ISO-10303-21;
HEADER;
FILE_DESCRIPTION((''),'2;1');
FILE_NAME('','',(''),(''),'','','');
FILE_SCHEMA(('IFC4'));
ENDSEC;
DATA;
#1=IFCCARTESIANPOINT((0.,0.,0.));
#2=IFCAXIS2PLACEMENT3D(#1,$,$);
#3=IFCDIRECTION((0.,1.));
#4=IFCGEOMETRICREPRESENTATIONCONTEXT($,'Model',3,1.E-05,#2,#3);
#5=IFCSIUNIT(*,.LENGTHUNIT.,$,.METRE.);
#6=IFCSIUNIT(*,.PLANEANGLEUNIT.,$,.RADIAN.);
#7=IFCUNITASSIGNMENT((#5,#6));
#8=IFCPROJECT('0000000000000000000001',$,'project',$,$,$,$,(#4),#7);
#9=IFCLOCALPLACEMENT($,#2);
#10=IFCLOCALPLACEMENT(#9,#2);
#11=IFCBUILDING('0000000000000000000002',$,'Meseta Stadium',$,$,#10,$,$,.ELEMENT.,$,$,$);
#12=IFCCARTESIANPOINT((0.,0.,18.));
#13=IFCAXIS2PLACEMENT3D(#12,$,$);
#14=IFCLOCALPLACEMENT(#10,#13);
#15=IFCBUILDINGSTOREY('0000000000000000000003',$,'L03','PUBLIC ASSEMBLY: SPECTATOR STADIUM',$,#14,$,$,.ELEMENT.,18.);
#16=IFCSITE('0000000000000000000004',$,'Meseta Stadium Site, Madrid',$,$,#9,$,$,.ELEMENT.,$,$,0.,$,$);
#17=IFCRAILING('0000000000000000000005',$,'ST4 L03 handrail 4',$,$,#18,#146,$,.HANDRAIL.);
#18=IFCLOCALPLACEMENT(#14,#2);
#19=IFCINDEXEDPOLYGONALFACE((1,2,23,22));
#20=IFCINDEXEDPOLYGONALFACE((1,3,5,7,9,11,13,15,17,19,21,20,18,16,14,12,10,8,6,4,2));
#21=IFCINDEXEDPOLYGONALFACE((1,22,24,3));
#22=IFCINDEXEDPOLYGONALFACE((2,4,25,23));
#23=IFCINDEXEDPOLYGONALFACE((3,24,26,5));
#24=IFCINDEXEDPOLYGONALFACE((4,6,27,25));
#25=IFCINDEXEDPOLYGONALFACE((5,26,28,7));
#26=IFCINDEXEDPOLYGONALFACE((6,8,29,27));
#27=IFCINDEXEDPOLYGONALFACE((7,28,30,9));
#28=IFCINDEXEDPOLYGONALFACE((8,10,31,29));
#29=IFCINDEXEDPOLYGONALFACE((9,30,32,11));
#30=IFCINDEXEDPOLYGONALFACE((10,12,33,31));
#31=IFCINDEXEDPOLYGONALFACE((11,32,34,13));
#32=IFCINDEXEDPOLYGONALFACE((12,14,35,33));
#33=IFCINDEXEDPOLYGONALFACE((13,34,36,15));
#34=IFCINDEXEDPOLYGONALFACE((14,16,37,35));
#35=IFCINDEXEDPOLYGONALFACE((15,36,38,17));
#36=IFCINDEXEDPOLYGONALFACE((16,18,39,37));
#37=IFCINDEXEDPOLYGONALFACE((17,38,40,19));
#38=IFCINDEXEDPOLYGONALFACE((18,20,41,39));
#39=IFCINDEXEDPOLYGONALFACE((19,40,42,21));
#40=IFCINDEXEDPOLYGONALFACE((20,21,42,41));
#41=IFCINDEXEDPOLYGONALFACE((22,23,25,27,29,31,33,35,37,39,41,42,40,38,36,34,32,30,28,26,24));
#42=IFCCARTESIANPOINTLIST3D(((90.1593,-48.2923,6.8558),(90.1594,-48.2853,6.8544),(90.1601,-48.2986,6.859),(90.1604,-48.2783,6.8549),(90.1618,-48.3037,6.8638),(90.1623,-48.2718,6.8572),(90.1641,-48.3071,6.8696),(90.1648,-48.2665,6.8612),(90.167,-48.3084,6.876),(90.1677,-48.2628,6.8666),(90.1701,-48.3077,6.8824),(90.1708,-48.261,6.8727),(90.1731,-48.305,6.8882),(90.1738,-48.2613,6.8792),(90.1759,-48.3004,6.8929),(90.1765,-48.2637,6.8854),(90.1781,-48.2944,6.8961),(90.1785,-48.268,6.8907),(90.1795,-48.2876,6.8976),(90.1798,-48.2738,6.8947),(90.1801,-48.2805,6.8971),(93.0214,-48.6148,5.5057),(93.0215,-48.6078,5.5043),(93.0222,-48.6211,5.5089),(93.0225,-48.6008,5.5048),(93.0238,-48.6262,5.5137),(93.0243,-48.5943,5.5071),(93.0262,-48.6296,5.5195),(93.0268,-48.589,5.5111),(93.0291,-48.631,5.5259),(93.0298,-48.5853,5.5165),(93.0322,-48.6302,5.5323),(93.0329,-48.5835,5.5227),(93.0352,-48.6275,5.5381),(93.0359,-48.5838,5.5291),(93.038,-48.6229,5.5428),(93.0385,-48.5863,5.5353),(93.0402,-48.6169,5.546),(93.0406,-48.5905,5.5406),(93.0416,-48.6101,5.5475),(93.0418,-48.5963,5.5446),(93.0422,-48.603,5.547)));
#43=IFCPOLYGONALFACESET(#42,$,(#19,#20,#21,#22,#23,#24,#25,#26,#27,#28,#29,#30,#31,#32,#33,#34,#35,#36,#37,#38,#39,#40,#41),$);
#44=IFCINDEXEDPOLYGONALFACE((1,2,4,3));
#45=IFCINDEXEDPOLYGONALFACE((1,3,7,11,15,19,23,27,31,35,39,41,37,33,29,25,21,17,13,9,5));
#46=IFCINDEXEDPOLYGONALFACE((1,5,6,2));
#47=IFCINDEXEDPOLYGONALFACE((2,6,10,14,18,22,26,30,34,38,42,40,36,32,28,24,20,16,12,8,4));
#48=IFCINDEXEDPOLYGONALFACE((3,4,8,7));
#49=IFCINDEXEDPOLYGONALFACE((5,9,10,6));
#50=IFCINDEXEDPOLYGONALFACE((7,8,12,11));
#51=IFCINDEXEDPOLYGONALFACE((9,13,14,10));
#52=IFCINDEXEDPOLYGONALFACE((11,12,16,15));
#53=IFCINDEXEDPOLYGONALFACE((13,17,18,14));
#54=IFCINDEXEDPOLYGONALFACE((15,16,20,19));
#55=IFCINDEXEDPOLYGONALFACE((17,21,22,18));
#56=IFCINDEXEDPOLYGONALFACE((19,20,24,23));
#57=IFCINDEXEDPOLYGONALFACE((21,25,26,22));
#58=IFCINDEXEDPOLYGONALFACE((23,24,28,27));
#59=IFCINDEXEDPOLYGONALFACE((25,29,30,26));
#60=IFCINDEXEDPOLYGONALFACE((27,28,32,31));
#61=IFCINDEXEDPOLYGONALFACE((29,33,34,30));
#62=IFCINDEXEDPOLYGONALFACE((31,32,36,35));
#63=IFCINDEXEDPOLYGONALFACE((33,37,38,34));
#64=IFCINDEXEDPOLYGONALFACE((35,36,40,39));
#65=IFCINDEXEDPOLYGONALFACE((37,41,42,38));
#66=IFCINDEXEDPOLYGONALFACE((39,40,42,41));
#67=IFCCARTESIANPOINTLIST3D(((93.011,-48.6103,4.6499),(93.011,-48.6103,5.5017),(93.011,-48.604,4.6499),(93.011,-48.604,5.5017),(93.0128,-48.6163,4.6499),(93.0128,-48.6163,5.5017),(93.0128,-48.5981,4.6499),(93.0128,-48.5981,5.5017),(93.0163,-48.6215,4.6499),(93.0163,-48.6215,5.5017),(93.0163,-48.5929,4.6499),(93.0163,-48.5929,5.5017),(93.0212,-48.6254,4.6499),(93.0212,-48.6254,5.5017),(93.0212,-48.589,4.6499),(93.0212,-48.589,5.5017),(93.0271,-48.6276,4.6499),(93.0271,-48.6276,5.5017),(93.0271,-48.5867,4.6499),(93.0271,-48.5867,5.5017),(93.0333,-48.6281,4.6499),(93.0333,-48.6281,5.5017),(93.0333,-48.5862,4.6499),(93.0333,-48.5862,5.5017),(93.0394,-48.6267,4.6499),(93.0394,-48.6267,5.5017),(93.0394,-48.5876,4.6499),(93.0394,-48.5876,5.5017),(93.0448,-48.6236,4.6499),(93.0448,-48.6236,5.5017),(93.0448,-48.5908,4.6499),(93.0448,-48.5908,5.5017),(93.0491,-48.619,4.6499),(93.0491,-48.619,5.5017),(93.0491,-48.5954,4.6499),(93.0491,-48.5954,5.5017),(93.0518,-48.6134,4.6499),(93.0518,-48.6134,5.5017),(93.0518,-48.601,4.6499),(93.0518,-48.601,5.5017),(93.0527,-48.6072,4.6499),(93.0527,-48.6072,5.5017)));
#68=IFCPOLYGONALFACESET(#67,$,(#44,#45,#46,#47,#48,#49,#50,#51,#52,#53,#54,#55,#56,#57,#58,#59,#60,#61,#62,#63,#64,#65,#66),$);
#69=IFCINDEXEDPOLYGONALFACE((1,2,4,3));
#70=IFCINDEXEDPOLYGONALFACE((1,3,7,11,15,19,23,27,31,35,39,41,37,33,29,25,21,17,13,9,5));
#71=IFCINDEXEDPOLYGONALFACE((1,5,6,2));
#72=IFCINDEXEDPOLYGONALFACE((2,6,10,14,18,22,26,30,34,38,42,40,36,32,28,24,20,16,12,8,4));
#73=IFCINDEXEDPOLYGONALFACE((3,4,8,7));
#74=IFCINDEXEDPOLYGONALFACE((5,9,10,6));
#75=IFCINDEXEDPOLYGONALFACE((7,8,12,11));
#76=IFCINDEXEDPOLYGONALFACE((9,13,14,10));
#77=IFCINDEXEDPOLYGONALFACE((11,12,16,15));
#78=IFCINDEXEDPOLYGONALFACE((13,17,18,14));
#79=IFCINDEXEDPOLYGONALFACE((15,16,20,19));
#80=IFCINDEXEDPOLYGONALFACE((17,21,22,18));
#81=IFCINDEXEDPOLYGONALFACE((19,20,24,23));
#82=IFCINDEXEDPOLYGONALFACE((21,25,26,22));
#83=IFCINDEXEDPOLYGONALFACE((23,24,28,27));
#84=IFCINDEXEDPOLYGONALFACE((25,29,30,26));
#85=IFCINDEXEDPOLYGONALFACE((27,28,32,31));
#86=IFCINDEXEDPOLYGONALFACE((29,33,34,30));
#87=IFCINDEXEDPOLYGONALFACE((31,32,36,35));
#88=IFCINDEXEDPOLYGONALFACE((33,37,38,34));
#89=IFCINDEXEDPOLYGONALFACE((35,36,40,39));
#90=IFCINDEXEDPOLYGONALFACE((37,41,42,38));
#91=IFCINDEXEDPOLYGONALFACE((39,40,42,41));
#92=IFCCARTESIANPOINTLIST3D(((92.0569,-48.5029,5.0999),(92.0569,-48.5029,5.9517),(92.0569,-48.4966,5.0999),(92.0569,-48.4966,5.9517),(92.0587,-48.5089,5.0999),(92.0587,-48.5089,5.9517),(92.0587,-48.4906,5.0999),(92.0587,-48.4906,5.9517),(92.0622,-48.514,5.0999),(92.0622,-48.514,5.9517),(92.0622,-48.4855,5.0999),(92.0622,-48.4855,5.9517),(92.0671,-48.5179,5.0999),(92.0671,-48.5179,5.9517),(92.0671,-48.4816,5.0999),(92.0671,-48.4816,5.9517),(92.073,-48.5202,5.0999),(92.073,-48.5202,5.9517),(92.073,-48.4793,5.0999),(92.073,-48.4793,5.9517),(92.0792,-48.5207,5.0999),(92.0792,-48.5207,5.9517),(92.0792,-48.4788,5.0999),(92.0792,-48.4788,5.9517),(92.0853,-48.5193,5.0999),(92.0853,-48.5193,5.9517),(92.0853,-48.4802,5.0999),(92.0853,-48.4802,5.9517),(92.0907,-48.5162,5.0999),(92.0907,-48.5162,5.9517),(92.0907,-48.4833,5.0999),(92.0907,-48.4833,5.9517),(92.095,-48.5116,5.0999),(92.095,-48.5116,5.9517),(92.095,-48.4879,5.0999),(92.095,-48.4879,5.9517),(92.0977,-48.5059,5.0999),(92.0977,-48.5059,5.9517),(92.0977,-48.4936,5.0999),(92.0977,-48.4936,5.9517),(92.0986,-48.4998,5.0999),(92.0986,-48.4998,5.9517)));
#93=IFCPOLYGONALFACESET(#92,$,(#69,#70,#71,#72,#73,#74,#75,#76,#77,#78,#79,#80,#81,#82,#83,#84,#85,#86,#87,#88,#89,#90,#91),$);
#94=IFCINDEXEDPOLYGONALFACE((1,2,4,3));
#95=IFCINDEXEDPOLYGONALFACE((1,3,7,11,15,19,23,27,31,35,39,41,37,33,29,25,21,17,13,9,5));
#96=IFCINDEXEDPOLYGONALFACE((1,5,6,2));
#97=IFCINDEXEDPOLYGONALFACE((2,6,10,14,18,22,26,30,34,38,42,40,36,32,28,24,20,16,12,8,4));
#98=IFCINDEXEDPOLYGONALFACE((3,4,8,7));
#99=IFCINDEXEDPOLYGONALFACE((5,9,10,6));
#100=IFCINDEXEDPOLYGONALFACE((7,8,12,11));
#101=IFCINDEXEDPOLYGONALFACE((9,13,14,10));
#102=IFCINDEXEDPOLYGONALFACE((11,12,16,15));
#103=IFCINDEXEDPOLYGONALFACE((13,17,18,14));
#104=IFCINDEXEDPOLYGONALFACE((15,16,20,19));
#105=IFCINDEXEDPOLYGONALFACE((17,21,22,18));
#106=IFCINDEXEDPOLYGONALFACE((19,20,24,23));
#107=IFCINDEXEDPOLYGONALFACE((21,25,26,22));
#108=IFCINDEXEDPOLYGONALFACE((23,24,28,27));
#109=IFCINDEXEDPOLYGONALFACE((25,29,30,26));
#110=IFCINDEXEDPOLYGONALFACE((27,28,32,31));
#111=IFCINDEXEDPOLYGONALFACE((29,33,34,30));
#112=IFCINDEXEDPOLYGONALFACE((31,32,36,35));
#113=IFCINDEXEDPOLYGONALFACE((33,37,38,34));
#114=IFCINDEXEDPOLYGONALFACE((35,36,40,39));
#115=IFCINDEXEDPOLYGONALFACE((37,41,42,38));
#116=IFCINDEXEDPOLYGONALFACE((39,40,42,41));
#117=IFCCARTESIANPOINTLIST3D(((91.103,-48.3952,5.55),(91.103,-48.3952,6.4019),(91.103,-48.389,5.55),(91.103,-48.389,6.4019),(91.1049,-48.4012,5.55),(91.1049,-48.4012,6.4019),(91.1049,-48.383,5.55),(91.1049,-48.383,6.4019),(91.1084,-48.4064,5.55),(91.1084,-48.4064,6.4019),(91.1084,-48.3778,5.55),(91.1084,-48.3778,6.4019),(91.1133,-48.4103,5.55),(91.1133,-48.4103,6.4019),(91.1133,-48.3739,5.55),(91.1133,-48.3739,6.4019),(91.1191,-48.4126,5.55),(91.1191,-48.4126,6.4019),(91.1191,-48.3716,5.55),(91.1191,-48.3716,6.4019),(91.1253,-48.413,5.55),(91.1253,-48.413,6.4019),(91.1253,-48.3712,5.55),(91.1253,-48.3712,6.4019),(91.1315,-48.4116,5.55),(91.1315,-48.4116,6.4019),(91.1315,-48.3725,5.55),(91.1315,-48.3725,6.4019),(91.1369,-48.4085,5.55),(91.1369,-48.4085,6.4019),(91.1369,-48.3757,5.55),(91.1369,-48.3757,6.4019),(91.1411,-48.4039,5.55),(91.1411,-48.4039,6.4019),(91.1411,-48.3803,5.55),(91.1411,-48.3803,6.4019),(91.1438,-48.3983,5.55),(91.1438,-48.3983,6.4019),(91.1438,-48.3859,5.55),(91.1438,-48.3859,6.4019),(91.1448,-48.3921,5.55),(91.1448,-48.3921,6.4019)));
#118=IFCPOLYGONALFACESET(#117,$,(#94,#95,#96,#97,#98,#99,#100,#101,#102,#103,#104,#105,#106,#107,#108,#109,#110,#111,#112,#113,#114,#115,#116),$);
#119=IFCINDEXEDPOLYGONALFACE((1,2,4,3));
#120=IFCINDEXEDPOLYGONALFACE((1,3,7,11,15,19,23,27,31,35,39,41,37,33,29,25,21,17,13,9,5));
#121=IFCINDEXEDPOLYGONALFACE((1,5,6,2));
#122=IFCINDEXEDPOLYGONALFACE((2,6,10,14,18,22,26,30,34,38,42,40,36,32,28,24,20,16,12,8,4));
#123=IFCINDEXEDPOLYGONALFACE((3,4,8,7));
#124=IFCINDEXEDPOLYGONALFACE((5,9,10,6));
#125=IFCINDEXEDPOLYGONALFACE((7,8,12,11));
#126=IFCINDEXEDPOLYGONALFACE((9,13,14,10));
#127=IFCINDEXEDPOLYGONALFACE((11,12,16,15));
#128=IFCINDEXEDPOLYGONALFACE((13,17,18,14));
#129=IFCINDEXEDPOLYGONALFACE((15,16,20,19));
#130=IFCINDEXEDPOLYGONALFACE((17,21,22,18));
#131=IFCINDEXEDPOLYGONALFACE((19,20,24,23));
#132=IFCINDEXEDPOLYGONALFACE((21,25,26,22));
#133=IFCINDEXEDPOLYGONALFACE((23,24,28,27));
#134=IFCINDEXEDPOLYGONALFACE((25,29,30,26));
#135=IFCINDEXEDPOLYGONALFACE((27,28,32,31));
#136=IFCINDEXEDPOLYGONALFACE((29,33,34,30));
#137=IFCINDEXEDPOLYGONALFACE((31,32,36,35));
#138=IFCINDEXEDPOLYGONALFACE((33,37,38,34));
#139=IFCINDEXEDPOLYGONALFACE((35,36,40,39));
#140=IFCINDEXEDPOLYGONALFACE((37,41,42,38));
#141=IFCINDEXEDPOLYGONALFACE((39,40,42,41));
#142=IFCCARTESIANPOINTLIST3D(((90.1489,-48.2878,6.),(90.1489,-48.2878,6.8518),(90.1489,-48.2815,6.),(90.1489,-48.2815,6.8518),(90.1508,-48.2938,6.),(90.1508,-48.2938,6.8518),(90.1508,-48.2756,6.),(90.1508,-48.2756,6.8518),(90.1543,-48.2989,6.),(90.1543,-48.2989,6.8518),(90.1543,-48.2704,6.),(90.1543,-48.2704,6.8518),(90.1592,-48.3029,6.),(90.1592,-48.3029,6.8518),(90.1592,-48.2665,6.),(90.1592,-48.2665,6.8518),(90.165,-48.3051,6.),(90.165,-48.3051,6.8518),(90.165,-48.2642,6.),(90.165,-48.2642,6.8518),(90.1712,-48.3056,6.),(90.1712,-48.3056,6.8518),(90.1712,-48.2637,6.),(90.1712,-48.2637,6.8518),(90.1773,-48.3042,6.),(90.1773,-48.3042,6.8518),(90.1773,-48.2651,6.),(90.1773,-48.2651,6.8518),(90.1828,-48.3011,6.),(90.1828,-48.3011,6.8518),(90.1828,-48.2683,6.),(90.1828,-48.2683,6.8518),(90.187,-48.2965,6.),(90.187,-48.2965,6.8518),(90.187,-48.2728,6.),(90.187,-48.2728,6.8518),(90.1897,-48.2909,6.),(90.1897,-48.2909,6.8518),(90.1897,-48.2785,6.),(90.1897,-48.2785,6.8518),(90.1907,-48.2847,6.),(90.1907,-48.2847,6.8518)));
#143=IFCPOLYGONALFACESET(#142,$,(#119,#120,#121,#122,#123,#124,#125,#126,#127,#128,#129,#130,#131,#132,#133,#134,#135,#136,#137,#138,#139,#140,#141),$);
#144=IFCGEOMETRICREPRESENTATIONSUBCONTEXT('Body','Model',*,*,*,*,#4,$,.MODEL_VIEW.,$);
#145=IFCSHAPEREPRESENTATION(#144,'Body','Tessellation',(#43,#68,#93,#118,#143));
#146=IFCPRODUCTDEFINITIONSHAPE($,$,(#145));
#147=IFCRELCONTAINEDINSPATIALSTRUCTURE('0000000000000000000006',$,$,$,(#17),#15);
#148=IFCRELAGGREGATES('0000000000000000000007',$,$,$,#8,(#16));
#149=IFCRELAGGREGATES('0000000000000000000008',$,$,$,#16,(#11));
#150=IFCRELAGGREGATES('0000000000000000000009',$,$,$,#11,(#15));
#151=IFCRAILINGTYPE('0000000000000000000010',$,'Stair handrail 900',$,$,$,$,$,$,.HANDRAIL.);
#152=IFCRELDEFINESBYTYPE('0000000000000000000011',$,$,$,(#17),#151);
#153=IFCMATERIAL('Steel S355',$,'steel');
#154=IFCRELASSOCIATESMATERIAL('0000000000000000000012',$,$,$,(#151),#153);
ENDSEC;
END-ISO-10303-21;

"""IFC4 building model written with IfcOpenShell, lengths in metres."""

from ifc_helpers import new_model, si_unit, direction, frame, origin, origin_2d, place, context, subcontext, project, spatial, circle, extrude, material, type_object, element, save


model = new_model("IFC4")

# Units and contexts
model_context = context("Model", 3, precision=1e-05, world=origin(), true_north=direction((0.0, 1.0)))
body_context = subcontext(model_context, "Body", "Model", "MODEL_VIEW")
ifc_project = project(units=[si_unit("LENGTHUNIT", "METRE"), si_unit("PLANEANGLEUNIT", "RADIAN")], contexts=[model_context])

# Site, building, storey
site_placement = place(None, origin())
site = spatial("IfcSite", under=ifc_project, at=site_placement, Name="Meseta Stadium Site, Madrid", CompositionType="ELEMENT", RefElevation=0.0)
building_placement = place(site_placement, origin())
building = spatial("IfcBuilding", under=site, at=building_placement, Name="Meseta Stadium", CompositionType="ELEMENT")
storey_placement = place(building_placement, frame((0.0, 0.0, 18.0)))
storey = spatial("IfcBuildingStorey", under=building, at=storey_placement, Name="L03", Description="PUBLIC ASSEMBLY: SPECTATOR STADIUM", CompositionType="ELEMENT", Elevation=18.0)

# Railing
ifc_material_1 = material(Name="Steel S355", Category="steel")
railing_type_1 = type_object("IfcRailingType", Name="Stair handrail 900", PredefinedType="HANDRAIL", material=ifc_material_1)
for number, where, name in (
    (1, (93.0317, -48.6072, 4.6499), "ST4 L03 handrail 4"),
):
    element("IfcRailing", number, at=place(storey_placement, frame(where)), inside=storey, type_object=railing_type_1, Name=name, PredefinedType="HANDRAIL", context=body_context, shape_type="SweptSolid", body=[
        extrude(circle(Radius=0.0239, at=origin_2d()), frame((0.0, 0.0, 0.876), z_axis=(-0.899763, 0.101389, 0.424438), x_axis=(-0.111976, -0.993711, 0.0)), (0.0, 0.0, 1.0), 3.1809),
        extrude(circle(Radius=0.021, at=origin_2d()), origin(), (0.0, 0.0, 1.0), 0.8518),
        extrude(circle(Radius=0.021, at=origin_2d()), frame((-0.9541, 0.1074, 0.45)), (0.0, 0.0, 1.0), 0.8518),
        extrude(circle(Radius=0.021, at=origin_2d()), frame((-1.908, 0.2151, 0.9001)), (0.0, 0.0, 1.0), 0.8518),
        extrude(circle(Radius=0.021, at=origin_2d()), frame((-2.8621, 0.3225, 1.3501)), (0.0, 0.0, 1.0), 0.8518),
    ])

save(model, "model.ifc")
